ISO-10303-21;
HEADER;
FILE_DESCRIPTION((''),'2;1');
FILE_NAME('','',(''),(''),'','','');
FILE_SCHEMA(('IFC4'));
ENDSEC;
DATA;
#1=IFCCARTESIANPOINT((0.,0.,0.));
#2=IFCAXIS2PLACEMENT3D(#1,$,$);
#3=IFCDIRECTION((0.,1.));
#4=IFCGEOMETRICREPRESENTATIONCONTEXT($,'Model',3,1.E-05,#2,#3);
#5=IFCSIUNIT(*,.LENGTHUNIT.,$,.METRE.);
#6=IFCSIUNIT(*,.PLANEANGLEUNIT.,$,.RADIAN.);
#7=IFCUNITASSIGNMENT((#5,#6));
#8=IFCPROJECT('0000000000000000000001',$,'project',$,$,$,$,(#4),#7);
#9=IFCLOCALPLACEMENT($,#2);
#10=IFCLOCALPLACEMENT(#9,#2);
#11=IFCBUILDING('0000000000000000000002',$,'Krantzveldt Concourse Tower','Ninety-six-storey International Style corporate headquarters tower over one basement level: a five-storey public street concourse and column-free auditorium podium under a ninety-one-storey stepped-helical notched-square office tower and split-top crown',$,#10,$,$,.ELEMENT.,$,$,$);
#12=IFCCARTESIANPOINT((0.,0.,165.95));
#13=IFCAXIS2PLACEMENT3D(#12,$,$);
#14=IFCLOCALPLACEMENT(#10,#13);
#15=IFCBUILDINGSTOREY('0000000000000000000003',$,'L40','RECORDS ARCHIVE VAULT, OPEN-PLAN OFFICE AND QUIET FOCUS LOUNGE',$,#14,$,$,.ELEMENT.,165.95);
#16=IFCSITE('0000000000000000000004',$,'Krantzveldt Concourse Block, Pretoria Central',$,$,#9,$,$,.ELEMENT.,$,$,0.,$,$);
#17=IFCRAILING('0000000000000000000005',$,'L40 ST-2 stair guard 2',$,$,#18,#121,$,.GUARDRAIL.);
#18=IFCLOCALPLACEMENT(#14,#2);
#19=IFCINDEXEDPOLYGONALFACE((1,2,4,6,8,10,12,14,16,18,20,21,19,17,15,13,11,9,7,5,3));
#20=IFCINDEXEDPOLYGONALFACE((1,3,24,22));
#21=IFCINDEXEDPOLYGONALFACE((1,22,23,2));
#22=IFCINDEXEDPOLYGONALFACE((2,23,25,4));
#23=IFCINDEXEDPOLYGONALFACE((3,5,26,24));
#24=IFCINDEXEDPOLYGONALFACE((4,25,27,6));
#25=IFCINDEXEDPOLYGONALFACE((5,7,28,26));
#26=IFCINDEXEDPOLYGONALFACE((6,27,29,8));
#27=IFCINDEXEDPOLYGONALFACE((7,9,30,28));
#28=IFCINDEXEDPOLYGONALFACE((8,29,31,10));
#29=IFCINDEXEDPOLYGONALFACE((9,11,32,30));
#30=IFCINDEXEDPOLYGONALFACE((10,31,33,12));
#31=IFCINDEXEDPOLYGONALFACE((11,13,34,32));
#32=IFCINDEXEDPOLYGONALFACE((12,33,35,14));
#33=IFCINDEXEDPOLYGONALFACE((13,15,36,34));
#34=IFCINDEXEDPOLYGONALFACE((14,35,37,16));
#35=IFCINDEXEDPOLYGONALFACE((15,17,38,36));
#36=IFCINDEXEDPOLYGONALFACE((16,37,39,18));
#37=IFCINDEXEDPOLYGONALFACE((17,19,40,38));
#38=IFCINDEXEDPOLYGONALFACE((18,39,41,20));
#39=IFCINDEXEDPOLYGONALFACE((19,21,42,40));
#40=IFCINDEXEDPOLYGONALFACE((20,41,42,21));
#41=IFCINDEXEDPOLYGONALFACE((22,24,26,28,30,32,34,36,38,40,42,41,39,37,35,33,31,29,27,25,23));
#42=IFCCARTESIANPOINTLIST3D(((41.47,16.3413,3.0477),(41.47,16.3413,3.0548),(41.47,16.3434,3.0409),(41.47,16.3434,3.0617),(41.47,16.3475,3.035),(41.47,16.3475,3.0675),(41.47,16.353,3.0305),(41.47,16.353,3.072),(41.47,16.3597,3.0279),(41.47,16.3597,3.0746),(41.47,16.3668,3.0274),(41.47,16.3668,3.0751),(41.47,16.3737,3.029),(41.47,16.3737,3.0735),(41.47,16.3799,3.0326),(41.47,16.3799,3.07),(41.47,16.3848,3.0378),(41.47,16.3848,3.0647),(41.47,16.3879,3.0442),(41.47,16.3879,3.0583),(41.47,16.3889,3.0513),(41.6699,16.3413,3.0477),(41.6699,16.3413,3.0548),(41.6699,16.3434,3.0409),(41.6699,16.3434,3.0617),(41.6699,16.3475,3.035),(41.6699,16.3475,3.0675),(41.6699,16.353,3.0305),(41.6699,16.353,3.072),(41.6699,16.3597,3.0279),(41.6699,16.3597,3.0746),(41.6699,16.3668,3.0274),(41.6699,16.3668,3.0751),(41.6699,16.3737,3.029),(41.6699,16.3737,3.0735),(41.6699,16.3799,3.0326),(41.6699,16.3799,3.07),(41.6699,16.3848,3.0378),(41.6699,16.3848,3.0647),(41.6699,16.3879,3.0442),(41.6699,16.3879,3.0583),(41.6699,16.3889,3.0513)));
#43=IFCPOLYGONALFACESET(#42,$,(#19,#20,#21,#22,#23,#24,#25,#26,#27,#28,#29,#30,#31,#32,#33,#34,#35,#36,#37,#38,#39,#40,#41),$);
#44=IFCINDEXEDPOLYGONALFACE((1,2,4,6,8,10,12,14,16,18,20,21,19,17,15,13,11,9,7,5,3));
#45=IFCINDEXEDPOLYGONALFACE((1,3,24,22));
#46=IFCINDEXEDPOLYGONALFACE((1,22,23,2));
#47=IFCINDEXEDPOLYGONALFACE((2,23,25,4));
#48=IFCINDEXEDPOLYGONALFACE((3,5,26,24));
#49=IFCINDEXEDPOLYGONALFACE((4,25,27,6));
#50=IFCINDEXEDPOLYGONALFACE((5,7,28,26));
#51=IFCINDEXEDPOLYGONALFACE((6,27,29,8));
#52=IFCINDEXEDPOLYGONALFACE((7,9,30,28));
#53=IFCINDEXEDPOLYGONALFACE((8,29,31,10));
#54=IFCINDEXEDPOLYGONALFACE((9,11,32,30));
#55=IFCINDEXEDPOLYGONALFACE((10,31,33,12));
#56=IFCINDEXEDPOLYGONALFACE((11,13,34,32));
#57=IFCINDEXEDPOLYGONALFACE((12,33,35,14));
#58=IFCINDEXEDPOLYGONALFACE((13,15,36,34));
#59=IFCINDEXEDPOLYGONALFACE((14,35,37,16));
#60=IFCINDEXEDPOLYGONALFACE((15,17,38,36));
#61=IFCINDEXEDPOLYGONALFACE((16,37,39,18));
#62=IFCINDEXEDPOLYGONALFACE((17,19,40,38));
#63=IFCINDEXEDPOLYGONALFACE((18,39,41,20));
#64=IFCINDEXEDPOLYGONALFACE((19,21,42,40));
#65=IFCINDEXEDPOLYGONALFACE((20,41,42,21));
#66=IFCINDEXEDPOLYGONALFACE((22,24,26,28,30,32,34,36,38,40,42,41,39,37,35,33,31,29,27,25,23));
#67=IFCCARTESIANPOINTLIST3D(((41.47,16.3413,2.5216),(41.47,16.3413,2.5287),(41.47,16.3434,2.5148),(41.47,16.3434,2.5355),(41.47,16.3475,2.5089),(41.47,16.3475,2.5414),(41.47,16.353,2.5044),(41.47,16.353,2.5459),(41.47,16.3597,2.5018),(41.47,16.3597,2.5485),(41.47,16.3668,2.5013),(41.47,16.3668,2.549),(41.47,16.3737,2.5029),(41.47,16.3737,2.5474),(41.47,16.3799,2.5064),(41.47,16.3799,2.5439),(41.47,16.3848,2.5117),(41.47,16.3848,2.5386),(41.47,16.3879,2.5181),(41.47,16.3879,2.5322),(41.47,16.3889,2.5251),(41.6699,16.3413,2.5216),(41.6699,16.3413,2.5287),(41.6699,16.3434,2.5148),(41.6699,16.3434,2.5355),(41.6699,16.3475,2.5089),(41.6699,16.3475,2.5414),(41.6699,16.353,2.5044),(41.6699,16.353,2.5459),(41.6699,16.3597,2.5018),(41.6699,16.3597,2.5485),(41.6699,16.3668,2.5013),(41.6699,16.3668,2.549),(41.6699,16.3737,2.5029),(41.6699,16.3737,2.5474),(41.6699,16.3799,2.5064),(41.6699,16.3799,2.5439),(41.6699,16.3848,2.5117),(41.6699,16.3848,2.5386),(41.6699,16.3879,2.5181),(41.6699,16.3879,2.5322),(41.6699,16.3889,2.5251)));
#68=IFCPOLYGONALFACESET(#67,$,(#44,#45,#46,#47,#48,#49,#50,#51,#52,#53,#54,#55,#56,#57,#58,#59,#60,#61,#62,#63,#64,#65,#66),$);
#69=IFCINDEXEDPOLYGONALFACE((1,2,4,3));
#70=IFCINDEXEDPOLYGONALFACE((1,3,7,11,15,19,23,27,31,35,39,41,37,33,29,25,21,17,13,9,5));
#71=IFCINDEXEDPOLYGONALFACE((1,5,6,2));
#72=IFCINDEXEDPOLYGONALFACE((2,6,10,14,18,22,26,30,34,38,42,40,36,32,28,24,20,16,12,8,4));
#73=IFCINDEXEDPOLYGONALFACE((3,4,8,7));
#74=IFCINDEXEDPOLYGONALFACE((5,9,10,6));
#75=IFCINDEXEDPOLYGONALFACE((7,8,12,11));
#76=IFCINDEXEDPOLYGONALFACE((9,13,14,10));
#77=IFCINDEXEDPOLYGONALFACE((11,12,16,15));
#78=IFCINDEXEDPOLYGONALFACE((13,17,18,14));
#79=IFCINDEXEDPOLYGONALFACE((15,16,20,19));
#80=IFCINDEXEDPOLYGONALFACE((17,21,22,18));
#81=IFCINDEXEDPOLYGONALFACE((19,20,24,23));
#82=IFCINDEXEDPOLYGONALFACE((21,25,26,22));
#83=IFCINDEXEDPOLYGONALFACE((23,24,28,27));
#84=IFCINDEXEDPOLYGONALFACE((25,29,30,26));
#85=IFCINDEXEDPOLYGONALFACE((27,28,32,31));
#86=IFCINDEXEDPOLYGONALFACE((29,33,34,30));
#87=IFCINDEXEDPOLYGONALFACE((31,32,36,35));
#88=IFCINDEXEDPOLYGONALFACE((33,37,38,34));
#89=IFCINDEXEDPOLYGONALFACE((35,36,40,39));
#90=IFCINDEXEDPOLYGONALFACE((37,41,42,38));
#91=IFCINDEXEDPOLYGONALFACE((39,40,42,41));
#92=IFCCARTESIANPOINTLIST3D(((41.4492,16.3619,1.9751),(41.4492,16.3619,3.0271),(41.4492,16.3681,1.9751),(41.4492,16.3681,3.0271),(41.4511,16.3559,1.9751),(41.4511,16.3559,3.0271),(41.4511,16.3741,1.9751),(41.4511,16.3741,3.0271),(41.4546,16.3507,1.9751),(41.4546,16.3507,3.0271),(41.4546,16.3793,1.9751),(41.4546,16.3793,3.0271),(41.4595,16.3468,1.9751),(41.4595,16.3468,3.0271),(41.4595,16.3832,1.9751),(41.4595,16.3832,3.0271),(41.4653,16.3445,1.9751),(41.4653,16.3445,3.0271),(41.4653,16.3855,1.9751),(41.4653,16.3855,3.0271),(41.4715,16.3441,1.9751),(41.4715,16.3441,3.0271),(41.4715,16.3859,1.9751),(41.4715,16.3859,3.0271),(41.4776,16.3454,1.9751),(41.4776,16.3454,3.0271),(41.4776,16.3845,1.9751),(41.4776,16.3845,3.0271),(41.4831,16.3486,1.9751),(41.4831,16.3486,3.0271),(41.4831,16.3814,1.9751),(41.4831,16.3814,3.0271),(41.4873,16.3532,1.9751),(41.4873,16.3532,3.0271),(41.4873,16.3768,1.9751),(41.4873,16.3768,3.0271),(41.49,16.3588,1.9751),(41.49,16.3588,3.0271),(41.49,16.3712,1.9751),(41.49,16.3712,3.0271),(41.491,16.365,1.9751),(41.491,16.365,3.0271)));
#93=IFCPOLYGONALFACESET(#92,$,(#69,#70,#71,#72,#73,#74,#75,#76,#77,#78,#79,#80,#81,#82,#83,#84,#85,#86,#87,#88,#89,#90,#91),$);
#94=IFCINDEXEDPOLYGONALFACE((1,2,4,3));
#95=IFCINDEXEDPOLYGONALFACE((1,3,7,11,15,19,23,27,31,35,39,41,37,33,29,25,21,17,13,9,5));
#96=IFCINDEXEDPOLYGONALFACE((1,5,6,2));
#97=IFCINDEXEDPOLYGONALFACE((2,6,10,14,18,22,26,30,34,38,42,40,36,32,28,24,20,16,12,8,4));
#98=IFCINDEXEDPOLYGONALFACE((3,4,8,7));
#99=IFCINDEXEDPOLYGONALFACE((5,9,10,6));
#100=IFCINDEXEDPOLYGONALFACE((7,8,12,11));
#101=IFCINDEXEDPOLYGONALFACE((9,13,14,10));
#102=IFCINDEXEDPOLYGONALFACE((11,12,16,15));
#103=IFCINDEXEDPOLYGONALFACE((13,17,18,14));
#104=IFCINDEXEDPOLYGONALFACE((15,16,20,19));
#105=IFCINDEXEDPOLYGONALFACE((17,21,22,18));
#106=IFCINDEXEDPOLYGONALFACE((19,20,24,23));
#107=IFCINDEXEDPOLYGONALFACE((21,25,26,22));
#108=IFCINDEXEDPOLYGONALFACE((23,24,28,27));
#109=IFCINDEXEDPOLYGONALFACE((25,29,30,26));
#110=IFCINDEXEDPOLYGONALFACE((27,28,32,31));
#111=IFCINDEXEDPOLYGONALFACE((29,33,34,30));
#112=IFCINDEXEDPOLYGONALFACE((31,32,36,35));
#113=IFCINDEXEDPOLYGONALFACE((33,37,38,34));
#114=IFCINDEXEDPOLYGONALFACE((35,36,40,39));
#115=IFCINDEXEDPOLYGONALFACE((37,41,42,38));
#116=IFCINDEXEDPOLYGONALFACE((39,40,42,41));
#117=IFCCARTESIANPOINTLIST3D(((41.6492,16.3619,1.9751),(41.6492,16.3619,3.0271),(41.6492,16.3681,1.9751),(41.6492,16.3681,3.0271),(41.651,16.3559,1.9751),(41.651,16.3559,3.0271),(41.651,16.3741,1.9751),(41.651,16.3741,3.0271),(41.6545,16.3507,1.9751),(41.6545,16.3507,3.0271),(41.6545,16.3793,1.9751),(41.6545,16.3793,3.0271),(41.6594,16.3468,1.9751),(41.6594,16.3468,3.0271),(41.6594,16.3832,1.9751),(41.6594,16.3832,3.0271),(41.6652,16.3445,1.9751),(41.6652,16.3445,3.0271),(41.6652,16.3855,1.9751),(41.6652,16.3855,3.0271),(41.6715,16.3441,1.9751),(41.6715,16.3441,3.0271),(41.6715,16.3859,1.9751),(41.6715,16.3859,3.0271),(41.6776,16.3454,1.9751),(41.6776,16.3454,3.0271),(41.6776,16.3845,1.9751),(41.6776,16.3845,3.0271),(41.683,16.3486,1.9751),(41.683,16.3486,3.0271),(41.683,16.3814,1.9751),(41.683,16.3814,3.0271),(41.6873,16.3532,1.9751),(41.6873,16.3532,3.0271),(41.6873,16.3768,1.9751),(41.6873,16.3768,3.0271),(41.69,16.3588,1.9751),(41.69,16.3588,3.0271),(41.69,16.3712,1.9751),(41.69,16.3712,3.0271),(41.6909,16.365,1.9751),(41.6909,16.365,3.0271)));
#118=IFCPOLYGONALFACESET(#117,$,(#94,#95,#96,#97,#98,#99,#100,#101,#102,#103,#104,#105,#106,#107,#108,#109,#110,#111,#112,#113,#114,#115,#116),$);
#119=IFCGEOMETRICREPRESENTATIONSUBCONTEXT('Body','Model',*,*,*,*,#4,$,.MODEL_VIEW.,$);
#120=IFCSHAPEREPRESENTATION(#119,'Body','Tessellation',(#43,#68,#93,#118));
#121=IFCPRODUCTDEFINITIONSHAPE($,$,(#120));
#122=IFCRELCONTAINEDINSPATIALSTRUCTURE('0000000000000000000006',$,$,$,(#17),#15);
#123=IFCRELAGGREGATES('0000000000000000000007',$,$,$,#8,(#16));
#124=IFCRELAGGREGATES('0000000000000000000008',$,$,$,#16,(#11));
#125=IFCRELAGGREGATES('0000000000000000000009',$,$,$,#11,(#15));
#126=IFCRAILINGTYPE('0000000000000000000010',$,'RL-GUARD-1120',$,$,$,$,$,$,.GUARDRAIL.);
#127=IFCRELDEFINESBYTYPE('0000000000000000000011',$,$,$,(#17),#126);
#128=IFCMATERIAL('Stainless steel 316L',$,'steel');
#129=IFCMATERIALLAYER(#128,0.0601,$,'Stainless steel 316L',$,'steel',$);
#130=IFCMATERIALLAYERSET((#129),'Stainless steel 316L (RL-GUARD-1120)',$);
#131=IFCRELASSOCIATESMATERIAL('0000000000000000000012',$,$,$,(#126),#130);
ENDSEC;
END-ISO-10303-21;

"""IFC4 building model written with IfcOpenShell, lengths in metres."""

from ifc_helpers import new_model, si_unit, direction, frame, origin, origin_2d, place, context, subcontext, project, spatial, circle, extrude, material, layer, layer_set, type_object, element, save


model = new_model("IFC4")

# Units and contexts
model_context = context("Model", 3, precision=1e-05, world=origin(), true_north=direction((0.0, 1.0)))
body_context = subcontext(model_context, "Body", "Model", "MODEL_VIEW")
ifc_project = project(units=[si_unit("LENGTHUNIT", "METRE"), si_unit("PLANEANGLEUNIT", "RADIAN")], contexts=[model_context])

# Site, building, storey
site_placement = place(None, origin())
site = spatial("IfcSite", under=ifc_project, at=site_placement, Name="Krantzveldt Concourse Block, Pretoria Central", CompositionType="ELEMENT", RefElevation=0.0)
building_placement = place(site_placement, origin())
building = spatial("IfcBuilding", under=site, at=building_placement, Name="Krantzveldt Concourse Tower", Description="Ninety-six-storey International Style corporate headquarters tower over one basement level: a five-storey public street concourse and column-free auditorium podium under a ninety-one-storey stepped-helical notched-square office tower and split-top crown", CompositionType="ELEMENT")
storey_placement = place(building_placement, frame((0.0, 0.0, 165.95)))
storey = spatial("IfcBuildingStorey", under=building, at=storey_placement, Name="L40", Description="RECORDS ARCHIVE VAULT, OPEN-PLAN OFFICE AND QUIET FOCUS LOUNGE", CompositionType="ELEMENT", Elevation=165.95)

# Shared definitions
ifc_material_1 = material(Name="Stainless steel 316L", Category="steel")

# Railing
ifc_layer_1 = layer(ifc_material_1, 0.0601, Name="Stainless steel 316L", Category="steel")
ifc_layer_set_1 = layer_set([ifc_layer_1], Name="Stainless steel 316L (RL-GUARD-1120)")
railing_type = type_object("IfcRailingType", Name="RL-GUARD-1120", PredefinedType="GUARDRAIL", material=ifc_layer_set_1)
railing_placement = place(storey_placement, frame((41.47, 16.365, 1.9751)))
element("IfcRailing", 1, at=railing_placement, inside=storey, type_object=railing_type, Name="L40 ST-2 stair guard 2", PredefinedType="GUARDRAIL", context=body_context, shape_type="SweptSolid", body=[
    extrude(circle(Radius=0.0239, at=origin_2d()), frame((0.0, 0.0, 1.0762), z_axis=(1.0, 0.0, 0.0), x_axis=(0.0, 1.0, 0.0)), (0.0, 0.0, 1.0), 0.2),
    extrude(circle(Radius=0.0239, at=origin_2d()), frame((0.0, 0.0, 0.55), z_axis=(1.0, 0.0, 0.0), x_axis=(0.0, 1.0, 0.0)), (0.0, 0.0, 1.0), 0.2),
    extrude(circle(Radius=0.021, at=origin_2d()), origin(), (0.0, 0.0, 1.0), 1.052),
    extrude(circle(Radius=0.021, at=origin_2d()), frame((0.2, 0.0, 0.0)), (0.0, 0.0, 1.0), 1.052),
])

save(model, "model.ifc")
